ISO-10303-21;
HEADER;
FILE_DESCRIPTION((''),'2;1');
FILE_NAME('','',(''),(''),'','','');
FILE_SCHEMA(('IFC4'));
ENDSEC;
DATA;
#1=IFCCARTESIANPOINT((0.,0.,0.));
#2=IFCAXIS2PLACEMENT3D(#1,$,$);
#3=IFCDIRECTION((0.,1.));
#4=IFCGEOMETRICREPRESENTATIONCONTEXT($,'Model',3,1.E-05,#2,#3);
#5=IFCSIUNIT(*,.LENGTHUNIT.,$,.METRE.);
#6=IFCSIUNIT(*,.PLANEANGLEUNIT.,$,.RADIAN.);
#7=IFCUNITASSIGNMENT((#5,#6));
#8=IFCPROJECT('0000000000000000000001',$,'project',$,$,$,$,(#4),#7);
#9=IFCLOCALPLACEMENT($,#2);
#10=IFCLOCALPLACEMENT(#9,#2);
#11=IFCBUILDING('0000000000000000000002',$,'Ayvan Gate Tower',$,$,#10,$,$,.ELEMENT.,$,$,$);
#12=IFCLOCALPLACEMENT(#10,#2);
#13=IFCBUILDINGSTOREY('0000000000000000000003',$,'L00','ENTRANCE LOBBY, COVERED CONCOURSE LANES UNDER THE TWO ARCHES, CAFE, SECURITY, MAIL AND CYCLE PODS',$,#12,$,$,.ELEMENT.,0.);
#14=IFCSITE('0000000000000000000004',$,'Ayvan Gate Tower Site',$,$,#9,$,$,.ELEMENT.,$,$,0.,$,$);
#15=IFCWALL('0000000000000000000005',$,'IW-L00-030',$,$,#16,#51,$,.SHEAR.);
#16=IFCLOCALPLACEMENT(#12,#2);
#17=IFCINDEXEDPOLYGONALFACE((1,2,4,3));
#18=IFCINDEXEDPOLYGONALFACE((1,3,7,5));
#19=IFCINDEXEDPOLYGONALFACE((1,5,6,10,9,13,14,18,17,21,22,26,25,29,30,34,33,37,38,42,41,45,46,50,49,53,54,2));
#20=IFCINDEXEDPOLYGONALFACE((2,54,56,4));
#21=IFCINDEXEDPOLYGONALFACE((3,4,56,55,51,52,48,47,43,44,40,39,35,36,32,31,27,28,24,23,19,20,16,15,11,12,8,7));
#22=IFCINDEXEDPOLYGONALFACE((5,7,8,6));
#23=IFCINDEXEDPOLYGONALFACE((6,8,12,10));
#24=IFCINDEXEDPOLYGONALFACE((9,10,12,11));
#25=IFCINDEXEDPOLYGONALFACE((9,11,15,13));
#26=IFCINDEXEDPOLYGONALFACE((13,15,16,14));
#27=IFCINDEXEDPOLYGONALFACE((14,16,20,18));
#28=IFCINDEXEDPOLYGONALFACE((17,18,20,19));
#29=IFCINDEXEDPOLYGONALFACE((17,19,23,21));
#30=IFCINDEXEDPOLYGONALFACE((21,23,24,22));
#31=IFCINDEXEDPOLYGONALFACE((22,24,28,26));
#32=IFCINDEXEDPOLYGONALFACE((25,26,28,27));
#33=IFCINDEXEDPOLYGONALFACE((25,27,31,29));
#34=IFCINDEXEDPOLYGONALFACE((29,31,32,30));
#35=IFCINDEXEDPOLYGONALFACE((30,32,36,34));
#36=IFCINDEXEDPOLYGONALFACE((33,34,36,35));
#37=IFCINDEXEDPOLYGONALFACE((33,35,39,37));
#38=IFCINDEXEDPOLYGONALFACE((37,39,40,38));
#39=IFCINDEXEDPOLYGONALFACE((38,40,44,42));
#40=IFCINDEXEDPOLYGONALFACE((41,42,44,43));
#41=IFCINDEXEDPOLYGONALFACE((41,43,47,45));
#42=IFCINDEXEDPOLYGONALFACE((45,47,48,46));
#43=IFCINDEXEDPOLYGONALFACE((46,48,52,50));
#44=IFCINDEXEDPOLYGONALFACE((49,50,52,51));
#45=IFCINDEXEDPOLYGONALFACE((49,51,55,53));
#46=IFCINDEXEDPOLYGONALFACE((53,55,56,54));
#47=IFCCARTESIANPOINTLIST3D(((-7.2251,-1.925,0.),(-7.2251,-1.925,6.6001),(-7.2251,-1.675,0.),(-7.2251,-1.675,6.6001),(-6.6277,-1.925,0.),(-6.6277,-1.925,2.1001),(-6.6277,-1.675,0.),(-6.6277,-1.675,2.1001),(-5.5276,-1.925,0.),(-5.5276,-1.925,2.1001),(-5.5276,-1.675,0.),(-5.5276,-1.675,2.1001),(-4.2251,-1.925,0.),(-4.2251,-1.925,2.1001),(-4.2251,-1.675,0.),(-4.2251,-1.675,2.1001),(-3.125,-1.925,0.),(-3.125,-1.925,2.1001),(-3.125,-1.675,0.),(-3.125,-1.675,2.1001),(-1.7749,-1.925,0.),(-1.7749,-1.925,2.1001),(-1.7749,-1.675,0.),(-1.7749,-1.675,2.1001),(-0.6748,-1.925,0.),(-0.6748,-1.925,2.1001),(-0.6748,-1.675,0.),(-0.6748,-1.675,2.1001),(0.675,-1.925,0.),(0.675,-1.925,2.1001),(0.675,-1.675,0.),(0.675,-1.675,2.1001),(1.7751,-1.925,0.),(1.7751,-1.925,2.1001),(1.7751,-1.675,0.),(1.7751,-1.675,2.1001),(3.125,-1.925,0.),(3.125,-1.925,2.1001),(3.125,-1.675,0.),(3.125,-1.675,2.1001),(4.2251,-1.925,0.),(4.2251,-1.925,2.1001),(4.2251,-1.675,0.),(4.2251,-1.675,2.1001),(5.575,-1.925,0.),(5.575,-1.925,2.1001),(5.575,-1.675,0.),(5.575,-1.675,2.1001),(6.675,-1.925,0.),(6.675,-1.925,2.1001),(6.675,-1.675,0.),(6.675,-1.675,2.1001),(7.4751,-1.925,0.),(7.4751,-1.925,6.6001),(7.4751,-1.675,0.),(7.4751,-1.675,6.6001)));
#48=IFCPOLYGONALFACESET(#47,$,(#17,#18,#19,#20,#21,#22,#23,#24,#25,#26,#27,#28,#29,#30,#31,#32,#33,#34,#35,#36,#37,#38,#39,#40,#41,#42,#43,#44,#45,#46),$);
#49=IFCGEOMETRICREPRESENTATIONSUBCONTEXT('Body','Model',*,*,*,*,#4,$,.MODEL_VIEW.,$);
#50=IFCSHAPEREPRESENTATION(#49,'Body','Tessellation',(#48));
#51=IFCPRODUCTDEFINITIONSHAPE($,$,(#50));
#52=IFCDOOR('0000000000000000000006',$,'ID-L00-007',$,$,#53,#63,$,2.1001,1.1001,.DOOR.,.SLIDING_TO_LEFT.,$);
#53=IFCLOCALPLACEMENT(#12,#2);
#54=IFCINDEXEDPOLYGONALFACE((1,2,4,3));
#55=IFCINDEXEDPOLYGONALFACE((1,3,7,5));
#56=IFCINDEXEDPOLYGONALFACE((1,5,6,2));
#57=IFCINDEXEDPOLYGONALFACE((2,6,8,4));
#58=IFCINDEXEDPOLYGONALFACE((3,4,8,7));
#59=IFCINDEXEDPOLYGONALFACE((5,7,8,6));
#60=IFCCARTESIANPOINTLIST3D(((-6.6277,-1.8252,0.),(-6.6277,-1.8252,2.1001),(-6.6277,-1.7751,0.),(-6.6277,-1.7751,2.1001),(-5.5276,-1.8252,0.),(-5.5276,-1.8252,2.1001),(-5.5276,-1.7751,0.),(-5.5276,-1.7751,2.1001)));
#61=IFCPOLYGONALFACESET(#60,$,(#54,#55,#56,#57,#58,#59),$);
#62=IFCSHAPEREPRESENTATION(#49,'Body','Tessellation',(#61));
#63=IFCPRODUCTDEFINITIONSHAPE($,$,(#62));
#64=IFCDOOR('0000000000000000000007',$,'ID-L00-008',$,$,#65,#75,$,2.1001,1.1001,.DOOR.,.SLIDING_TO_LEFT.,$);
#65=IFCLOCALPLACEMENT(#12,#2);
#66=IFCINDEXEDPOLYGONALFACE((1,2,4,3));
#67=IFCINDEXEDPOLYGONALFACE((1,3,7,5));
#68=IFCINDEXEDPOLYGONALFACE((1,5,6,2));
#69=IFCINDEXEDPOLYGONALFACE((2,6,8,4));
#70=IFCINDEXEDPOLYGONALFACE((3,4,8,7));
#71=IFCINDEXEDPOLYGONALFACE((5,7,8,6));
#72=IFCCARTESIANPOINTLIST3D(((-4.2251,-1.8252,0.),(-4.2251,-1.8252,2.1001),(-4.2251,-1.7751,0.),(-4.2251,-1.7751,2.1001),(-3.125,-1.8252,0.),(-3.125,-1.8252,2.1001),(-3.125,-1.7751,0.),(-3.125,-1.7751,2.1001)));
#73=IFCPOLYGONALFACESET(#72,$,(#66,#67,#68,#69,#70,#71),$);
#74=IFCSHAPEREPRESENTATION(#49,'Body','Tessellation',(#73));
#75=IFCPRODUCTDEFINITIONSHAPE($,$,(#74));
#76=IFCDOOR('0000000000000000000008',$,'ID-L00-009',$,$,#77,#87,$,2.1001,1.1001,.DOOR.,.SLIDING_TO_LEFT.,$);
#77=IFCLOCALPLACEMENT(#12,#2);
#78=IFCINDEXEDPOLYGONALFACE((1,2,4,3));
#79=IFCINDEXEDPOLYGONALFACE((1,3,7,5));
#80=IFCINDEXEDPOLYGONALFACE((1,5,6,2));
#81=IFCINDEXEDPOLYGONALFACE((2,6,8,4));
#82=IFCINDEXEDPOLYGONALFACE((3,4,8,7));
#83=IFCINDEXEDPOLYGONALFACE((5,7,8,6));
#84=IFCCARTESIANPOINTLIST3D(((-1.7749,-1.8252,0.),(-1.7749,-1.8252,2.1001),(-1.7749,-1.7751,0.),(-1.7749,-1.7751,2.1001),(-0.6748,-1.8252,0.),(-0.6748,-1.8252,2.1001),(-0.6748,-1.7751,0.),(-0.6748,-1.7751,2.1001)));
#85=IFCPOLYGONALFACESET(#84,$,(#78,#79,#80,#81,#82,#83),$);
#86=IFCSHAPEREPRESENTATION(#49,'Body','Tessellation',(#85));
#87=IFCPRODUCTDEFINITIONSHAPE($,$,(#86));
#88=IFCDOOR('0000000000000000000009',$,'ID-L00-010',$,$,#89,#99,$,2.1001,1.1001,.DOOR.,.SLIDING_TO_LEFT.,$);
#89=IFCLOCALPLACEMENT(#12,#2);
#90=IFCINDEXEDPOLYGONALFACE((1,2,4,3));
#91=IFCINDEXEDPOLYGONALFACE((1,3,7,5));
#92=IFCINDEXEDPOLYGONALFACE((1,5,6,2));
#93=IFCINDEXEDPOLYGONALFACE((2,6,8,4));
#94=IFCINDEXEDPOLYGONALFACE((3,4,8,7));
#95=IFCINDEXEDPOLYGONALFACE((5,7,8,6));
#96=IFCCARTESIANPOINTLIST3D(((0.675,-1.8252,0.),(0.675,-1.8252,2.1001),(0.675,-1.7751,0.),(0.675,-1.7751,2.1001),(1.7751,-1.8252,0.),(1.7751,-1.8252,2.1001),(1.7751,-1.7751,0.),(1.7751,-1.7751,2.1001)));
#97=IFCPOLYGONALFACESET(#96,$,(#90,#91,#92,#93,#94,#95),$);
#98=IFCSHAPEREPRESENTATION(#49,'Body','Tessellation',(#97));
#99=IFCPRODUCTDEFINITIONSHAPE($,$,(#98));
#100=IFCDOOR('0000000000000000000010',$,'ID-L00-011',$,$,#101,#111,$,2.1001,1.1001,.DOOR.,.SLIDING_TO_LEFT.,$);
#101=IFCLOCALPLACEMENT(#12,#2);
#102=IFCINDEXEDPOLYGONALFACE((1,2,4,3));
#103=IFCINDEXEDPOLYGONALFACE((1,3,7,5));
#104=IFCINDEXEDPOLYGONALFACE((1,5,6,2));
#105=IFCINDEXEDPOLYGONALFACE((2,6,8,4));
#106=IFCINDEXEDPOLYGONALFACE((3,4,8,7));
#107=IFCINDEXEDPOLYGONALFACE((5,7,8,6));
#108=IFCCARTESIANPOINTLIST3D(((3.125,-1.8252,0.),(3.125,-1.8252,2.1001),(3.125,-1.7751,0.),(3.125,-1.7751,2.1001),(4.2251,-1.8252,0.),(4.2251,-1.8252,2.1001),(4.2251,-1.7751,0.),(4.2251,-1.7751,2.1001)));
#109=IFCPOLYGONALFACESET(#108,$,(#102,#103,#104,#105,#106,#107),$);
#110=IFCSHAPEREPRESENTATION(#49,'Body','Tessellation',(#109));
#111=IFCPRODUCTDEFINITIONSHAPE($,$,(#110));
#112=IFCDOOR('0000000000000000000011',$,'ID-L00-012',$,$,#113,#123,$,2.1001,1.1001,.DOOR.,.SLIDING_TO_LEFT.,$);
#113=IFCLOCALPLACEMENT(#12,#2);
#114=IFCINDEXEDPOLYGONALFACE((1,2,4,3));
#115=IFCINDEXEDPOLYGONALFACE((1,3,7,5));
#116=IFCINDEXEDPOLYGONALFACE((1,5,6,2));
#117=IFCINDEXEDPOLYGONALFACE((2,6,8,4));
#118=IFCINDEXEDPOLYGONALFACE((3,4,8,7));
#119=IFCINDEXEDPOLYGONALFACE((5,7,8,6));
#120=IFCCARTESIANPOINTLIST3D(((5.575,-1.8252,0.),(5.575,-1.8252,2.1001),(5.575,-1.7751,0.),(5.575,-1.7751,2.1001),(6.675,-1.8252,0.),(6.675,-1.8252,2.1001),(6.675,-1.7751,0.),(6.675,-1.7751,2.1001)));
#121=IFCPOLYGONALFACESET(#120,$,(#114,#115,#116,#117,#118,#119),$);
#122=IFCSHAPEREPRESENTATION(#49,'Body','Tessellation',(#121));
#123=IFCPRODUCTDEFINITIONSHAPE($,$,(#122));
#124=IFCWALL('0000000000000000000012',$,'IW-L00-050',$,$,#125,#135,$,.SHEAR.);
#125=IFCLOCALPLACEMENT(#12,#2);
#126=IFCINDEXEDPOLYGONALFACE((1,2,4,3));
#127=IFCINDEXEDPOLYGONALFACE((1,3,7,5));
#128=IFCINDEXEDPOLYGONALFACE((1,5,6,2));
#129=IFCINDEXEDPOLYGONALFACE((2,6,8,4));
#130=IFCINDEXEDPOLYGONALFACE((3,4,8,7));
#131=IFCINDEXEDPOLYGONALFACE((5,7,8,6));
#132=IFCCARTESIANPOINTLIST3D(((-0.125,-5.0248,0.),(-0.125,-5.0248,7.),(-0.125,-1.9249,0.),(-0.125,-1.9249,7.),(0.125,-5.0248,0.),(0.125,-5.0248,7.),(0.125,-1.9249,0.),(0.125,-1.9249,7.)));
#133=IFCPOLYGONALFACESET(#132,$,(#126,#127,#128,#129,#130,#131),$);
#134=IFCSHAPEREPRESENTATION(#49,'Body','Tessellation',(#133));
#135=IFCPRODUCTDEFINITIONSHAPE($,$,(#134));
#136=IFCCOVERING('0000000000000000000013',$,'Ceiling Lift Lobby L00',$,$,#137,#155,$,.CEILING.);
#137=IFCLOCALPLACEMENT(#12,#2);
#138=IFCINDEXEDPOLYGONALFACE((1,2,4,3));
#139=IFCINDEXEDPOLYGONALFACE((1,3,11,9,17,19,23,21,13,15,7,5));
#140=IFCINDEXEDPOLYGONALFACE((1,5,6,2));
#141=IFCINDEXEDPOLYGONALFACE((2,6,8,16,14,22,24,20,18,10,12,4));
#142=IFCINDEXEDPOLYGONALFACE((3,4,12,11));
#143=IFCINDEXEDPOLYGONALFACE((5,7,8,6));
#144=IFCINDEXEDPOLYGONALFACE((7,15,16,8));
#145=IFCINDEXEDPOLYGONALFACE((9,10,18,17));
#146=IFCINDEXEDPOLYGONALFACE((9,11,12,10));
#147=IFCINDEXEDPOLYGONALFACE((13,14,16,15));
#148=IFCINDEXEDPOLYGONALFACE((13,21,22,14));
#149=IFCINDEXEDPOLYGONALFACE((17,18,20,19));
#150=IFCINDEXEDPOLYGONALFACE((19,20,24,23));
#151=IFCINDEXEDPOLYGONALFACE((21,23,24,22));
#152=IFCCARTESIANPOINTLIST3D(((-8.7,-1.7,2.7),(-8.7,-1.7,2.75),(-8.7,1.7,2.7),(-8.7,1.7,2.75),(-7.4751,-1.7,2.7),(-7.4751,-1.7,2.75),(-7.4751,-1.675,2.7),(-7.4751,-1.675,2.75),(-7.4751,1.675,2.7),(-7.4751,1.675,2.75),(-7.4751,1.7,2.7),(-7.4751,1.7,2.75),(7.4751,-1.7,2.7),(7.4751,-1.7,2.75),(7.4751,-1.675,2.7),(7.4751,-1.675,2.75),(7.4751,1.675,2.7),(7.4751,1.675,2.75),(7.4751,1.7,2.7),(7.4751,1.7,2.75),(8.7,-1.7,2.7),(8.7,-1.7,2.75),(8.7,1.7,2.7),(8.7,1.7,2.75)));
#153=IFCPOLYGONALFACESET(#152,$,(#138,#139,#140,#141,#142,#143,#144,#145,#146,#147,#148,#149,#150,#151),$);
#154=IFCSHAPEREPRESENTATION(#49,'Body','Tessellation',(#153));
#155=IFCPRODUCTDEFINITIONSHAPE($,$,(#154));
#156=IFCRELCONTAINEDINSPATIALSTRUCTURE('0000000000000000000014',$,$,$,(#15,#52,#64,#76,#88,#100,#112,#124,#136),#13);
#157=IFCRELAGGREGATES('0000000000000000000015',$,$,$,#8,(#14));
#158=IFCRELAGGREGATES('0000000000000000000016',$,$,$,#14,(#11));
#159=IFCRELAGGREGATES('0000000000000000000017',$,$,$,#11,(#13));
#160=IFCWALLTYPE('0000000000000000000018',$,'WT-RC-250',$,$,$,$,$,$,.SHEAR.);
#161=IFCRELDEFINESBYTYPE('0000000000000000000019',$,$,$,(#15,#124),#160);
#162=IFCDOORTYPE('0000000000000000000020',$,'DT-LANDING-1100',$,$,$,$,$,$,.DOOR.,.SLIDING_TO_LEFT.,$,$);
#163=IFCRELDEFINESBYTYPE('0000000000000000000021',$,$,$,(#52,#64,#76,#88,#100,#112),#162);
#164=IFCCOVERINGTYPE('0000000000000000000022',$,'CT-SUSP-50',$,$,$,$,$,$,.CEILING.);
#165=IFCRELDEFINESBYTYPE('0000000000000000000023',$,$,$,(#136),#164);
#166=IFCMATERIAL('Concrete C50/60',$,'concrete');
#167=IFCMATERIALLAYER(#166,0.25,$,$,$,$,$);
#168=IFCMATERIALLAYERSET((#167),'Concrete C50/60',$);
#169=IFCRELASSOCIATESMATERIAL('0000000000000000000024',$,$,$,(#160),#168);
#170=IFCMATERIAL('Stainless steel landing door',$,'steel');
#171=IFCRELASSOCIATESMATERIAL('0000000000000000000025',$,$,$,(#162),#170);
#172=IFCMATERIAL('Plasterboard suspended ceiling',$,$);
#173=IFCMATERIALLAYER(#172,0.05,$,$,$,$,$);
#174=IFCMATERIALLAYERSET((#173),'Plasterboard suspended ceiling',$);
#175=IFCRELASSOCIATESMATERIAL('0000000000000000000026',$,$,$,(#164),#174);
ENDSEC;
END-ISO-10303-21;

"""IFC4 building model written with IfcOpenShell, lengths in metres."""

from ifc_helpers import new_model, si_unit, direction, frame, frame_2d, origin, place, context, subcontext, project, spatial, polyline, rectangle, outline, extrude, material, layer, layer_set, type_object, element, fill, save


model = new_model("IFC4")

# Units and contexts
model_context = context("Model", 3, precision=1e-05, world=origin(), true_north=direction((0.0, 1.0)))
body_context = subcontext(model_context, "Body", "Model", "MODEL_VIEW")
ifc_project = project(units=[si_unit("LENGTHUNIT", "METRE"), si_unit("PLANEANGLEUNIT", "RADIAN")], contexts=[model_context])

# Site, building, storey
site_placement = place(None, origin())
site = spatial("IfcSite", under=ifc_project, at=site_placement, Name="Ayvan Gate Tower Site", CompositionType="ELEMENT", RefElevation=0.0)
building_placement = place(site_placement, origin())
building = spatial("IfcBuilding", under=site, at=building_placement, Name="Ayvan Gate Tower", CompositionType="ELEMENT")
storey_placement = place(building_placement, origin())
storey = spatial("IfcBuildingStorey", under=building, at=storey_placement, Name="L00", Description="ENTRANCE LOBBY, COVERED CONCOURSE LANES UNDER THE TWO ARCHES, CAFE, SECURITY, MAIL AND CYCLE PODS", CompositionType="ELEMENT", Elevation=0.0)

# Shared definitions
ifc_material_1 = material(Name="Concrete C50/60", Category="concrete")
ifc_layer_1 = layer(ifc_material_1, 0.25)
ifc_layer_set_1 = layer_set([ifc_layer_1], Name="Concrete C50/60")
wall_type_1 = type_object("IfcWallType", Name="WT-RC-250", PredefinedType="SHEAR", material=ifc_layer_set_1)

# Wall, openings, doors
wall_1_placement = place(storey_placement, frame((-7.2251, -1.8, 0.0), z_axis=(0.0, 0.0, 1.0), x_axis=(1.0, 0.0, 0.0)))
wall_1 = element("IfcWall", 1, at=wall_1_placement, inside=storey, type_object=wall_type_1, Name="IW-L00-030", PredefinedType="SHEAR", context=body_context, shape_type="SweptSolid", body=[
    extrude(rectangle(XDim=14.7002, YDim=0.25, at=frame_2d((7.3501, 0.0))), origin(), (0.0, 0.0, 1.0), 6.6001),
])
opening_1_placement = place(wall_1_placement, frame((0.5974, 0.0, 0.0)))
opening_1 = element("IfcOpeningElement", 2, at=opening_1_placement, cuts=wall_1, PredefinedType="OPENING", context=body_context, shape_type="SweptSolid", body=[
    extrude(rectangle(XDim=1.1001, YDim=2.1001, at=frame_2d((0.55, 1.05))), frame((0.0, 0.135, 0.0), z_axis=(0.0, -1.0, 0.0), x_axis=(1.0, 0.0, 0.0)), (0.0, 0.0, 1.0), 0.27),
])
opening_2_placement = place(wall_1_placement, frame((3.0, 0.0, 0.0)))
opening_2 = element("IfcOpeningElement", 3, at=opening_2_placement, cuts=wall_1, PredefinedType="OPENING", context=body_context, shape_type="SweptSolid", body=[
    extrude(rectangle(XDim=1.1001, YDim=2.1001, at=frame_2d((0.55, 1.05))), frame((0.0, 0.135, 0.0), z_axis=(0.0, -1.0, 0.0), x_axis=(1.0, 0.0, 0.0)), (0.0, 0.0, 1.0), 0.27),
])
opening_3_placement = place(wall_1_placement, frame((5.4502, 0.0, 0.0)))
opening_3 = element("IfcOpeningElement", 4, at=opening_3_placement, cuts=wall_1, PredefinedType="OPENING", context=body_context, shape_type="SweptSolid", body=[
    extrude(rectangle(XDim=1.1001, YDim=2.1001, at=frame_2d((0.55, 1.05))), frame((0.0, 0.135, 0.0), z_axis=(0.0, -1.0, 0.0), x_axis=(1.0, 0.0, 0.0)), (0.0, 0.0, 1.0), 0.27),
])
opening_4_placement = place(wall_1_placement, frame((7.9001, 0.0, 0.0)))
opening_4 = element("IfcOpeningElement", 5, at=opening_4_placement, cuts=wall_1, PredefinedType="OPENING", context=body_context, shape_type="SweptSolid", body=[
    extrude(rectangle(XDim=1.1001, YDim=2.1001, at=frame_2d((0.55, 1.05))), frame((0.0, 0.135, 0.0), z_axis=(0.0, -1.0, 0.0), x_axis=(1.0, 0.0, 0.0)), (0.0, 0.0, 1.0), 0.27),
])
opening_5_placement = place(wall_1_placement, frame((10.3501, 0.0, 0.0)))
opening_5 = element("IfcOpeningElement", 6, at=opening_5_placement, cuts=wall_1, PredefinedType="OPENING", context=body_context, shape_type="SweptSolid", body=[
    extrude(rectangle(XDim=1.1001, YDim=2.1001, at=frame_2d((0.55, 1.05))), frame((0.0, 0.135, 0.0), z_axis=(0.0, -1.0, 0.0), x_axis=(1.0, 0.0, 0.0)), (0.0, 0.0, 1.0), 0.27),
])
opening_6_placement = place(wall_1_placement, frame((12.8, 0.0, 0.0)))
opening_6 = element("IfcOpeningElement", 7, at=opening_6_placement, cuts=wall_1, PredefinedType="OPENING", context=body_context, shape_type="SweptSolid", body=[
    extrude(rectangle(XDim=1.1001, YDim=2.1001, at=frame_2d((0.55, 1.05))), frame((0.0, 0.135, 0.0), z_axis=(0.0, -1.0, 0.0), x_axis=(1.0, 0.0, 0.0)), (0.0, 0.0, 1.0), 0.27),
])
ifc_material_2 = material(Name="Stainless steel landing door", Category="steel")
door_type = type_object("IfcDoorType", Name="DT-LANDING-1100", OperationType="SLIDING_TO_LEFT", PredefinedType="DOOR", material=ifc_material_2)
door_1_placement = place(opening_1_placement, origin())
door_1 = element("IfcDoor", 8, at=door_1_placement, inside=storey, type_object=door_type, Name="ID-L00-007", OperationType="SLIDING_TO_LEFT", OverallHeight=2.1001, OverallWidth=1.1001, PredefinedType="DOOR", context=body_context, shape_type="SweptSolid", body=[
    extrude(rectangle(XDim=1.1001, YDim=2.1001, at=frame_2d((0.55, 1.05))), frame((0.0, 0.0249, 0.0), z_axis=(0.0, -1.0, 0.0), x_axis=(1.0, 0.0, 0.0)), (0.0, 0.0, 1.0), 0.05),
])
fill(opening_1, door_1)
door_2_placement = place(opening_2_placement, origin())
door_2 = element("IfcDoor", 9, at=door_2_placement, inside=storey, type_object=door_type, Name="ID-L00-008", OperationType="SLIDING_TO_LEFT", OverallHeight=2.1001, OverallWidth=1.1001, PredefinedType="DOOR", context=body_context, shape_type="SweptSolid", body=[
    extrude(rectangle(XDim=1.1001, YDim=2.1001, at=frame_2d((0.55, 1.05))), frame((0.0, 0.0249, 0.0), z_axis=(0.0, -1.0, 0.0), x_axis=(1.0, 0.0, 0.0)), (0.0, 0.0, 1.0), 0.05),
])
fill(opening_2, door_2)
door_3_placement = place(opening_3_placement, origin())
door_3 = element("IfcDoor", 10, at=door_3_placement, inside=storey, type_object=door_type, Name="ID-L00-009", OperationType="SLIDING_TO_LEFT", OverallHeight=2.1001, OverallWidth=1.1001, PredefinedType="DOOR", context=body_context, shape_type="SweptSolid", body=[
    extrude(rectangle(XDim=1.1001, YDim=2.1001, at=frame_2d((0.55, 1.05))), frame((0.0, 0.0249, 0.0), z_axis=(0.0, -1.0, 0.0), x_axis=(1.0, 0.0, 0.0)), (0.0, 0.0, 1.0), 0.05),
])
fill(opening_3, door_3)
door_4_placement = place(opening_4_placement, origin())
door_4 = element("IfcDoor", 11, at=door_4_placement, inside=storey, type_object=door_type, Name="ID-L00-010", OperationType="SLIDING_TO_LEFT", OverallHeight=2.1001, OverallWidth=1.1001, PredefinedType="DOOR", context=body_context, shape_type="SweptSolid", body=[
    extrude(rectangle(XDim=1.1001, YDim=2.1001, at=frame_2d((0.55, 1.05))), frame((0.0, 0.0249, 0.0), z_axis=(0.0, -1.0, 0.0), x_axis=(1.0, 0.0, 0.0)), (0.0, 0.0, 1.0), 0.05),
])
fill(opening_4, door_4)
door_5_placement = place(opening_5_placement, origin())
door_5 = element("IfcDoor", 12, at=door_5_placement, inside=storey, type_object=door_type, Name="ID-L00-011", OperationType="SLIDING_TO_LEFT", OverallHeight=2.1001, OverallWidth=1.1001, PredefinedType="DOOR", context=body_context, shape_type="SweptSolid", body=[
    extrude(rectangle(XDim=1.1001, YDim=2.1001, at=frame_2d((0.55, 1.05))), frame((0.0, 0.0249, 0.0), z_axis=(0.0, -1.0, 0.0), x_axis=(1.0, 0.0, 0.0)), (0.0, 0.0, 1.0), 0.05),
])
fill(opening_5, door_5)
door_6_placement = place(opening_6_placement, origin())
door_6 = element("IfcDoor", 13, at=door_6_placement, inside=storey, type_object=door_type, Name="ID-L00-012", OperationType="SLIDING_TO_LEFT", OverallHeight=2.1001, OverallWidth=1.1001, PredefinedType="DOOR", context=body_context, shape_type="SweptSolid", body=[
    extrude(rectangle(XDim=1.1001, YDim=2.1001, at=frame_2d((0.55, 1.05))), frame((0.0, 0.0249, 0.0), z_axis=(0.0, -1.0, 0.0), x_axis=(1.0, 0.0, 0.0)), (0.0, 0.0, 1.0), 0.05),
])
fill(opening_6, door_6)

# Wall
wall_2_placement = place(storey_placement, frame((0.0, -1.925, 0.0), z_axis=(0.0, 0.0, 1.0), x_axis=(0.0, -1.0, 0.0)))
element("IfcWall", 14, at=wall_2_placement, inside=storey, type_object=wall_type_1, Name="IW-L00-050", PredefinedType="SHEAR", context=body_context, shape_type="SweptSolid", body=[
    extrude(rectangle(XDim=3.0999, YDim=0.25, at=frame_2d((1.5498, 0.0))), origin(), (0.0, 0.0, 1.0), 7.0),
])

# Covering
ifc_material_3 = material(Name="Plasterboard suspended ceiling")
ifc_layer_2 = layer(ifc_material_3, 0.05)
ifc_layer_set_2 = layer_set([ifc_layer_2], Name="Plasterboard suspended ceiling")
covering_type = type_object("IfcCoveringType", Name="CT-SUSP-50", PredefinedType="CEILING", material=ifc_layer_set_2)
covering_1_placement = place(storey_placement, frame((0.0, 0.0, 2.7)))
element("IfcCovering", 15, at=covering_1_placement, inside=storey, type_object=covering_type, Name="Ceiling Lift Lobby L00", PredefinedType="CEILING", context=body_context, shape_type="SweptSolid", body=[
    extrude(outline(polyline([(7.4751, -1.675), (-7.4751, -1.675), (-7.4751, -1.7), (-8.7, -1.7), (-8.7, 1.7), (-7.4751, 1.7), (-7.4751, 1.675), (7.4751, 1.675), (7.4751, 1.7), (8.7, 1.7), (8.7, -1.7), (7.4751, -1.7), (7.4751, -1.675)])), origin(), (0.0, 0.0, 1.0), 0.05),
])

save(model, "model.ifc")
